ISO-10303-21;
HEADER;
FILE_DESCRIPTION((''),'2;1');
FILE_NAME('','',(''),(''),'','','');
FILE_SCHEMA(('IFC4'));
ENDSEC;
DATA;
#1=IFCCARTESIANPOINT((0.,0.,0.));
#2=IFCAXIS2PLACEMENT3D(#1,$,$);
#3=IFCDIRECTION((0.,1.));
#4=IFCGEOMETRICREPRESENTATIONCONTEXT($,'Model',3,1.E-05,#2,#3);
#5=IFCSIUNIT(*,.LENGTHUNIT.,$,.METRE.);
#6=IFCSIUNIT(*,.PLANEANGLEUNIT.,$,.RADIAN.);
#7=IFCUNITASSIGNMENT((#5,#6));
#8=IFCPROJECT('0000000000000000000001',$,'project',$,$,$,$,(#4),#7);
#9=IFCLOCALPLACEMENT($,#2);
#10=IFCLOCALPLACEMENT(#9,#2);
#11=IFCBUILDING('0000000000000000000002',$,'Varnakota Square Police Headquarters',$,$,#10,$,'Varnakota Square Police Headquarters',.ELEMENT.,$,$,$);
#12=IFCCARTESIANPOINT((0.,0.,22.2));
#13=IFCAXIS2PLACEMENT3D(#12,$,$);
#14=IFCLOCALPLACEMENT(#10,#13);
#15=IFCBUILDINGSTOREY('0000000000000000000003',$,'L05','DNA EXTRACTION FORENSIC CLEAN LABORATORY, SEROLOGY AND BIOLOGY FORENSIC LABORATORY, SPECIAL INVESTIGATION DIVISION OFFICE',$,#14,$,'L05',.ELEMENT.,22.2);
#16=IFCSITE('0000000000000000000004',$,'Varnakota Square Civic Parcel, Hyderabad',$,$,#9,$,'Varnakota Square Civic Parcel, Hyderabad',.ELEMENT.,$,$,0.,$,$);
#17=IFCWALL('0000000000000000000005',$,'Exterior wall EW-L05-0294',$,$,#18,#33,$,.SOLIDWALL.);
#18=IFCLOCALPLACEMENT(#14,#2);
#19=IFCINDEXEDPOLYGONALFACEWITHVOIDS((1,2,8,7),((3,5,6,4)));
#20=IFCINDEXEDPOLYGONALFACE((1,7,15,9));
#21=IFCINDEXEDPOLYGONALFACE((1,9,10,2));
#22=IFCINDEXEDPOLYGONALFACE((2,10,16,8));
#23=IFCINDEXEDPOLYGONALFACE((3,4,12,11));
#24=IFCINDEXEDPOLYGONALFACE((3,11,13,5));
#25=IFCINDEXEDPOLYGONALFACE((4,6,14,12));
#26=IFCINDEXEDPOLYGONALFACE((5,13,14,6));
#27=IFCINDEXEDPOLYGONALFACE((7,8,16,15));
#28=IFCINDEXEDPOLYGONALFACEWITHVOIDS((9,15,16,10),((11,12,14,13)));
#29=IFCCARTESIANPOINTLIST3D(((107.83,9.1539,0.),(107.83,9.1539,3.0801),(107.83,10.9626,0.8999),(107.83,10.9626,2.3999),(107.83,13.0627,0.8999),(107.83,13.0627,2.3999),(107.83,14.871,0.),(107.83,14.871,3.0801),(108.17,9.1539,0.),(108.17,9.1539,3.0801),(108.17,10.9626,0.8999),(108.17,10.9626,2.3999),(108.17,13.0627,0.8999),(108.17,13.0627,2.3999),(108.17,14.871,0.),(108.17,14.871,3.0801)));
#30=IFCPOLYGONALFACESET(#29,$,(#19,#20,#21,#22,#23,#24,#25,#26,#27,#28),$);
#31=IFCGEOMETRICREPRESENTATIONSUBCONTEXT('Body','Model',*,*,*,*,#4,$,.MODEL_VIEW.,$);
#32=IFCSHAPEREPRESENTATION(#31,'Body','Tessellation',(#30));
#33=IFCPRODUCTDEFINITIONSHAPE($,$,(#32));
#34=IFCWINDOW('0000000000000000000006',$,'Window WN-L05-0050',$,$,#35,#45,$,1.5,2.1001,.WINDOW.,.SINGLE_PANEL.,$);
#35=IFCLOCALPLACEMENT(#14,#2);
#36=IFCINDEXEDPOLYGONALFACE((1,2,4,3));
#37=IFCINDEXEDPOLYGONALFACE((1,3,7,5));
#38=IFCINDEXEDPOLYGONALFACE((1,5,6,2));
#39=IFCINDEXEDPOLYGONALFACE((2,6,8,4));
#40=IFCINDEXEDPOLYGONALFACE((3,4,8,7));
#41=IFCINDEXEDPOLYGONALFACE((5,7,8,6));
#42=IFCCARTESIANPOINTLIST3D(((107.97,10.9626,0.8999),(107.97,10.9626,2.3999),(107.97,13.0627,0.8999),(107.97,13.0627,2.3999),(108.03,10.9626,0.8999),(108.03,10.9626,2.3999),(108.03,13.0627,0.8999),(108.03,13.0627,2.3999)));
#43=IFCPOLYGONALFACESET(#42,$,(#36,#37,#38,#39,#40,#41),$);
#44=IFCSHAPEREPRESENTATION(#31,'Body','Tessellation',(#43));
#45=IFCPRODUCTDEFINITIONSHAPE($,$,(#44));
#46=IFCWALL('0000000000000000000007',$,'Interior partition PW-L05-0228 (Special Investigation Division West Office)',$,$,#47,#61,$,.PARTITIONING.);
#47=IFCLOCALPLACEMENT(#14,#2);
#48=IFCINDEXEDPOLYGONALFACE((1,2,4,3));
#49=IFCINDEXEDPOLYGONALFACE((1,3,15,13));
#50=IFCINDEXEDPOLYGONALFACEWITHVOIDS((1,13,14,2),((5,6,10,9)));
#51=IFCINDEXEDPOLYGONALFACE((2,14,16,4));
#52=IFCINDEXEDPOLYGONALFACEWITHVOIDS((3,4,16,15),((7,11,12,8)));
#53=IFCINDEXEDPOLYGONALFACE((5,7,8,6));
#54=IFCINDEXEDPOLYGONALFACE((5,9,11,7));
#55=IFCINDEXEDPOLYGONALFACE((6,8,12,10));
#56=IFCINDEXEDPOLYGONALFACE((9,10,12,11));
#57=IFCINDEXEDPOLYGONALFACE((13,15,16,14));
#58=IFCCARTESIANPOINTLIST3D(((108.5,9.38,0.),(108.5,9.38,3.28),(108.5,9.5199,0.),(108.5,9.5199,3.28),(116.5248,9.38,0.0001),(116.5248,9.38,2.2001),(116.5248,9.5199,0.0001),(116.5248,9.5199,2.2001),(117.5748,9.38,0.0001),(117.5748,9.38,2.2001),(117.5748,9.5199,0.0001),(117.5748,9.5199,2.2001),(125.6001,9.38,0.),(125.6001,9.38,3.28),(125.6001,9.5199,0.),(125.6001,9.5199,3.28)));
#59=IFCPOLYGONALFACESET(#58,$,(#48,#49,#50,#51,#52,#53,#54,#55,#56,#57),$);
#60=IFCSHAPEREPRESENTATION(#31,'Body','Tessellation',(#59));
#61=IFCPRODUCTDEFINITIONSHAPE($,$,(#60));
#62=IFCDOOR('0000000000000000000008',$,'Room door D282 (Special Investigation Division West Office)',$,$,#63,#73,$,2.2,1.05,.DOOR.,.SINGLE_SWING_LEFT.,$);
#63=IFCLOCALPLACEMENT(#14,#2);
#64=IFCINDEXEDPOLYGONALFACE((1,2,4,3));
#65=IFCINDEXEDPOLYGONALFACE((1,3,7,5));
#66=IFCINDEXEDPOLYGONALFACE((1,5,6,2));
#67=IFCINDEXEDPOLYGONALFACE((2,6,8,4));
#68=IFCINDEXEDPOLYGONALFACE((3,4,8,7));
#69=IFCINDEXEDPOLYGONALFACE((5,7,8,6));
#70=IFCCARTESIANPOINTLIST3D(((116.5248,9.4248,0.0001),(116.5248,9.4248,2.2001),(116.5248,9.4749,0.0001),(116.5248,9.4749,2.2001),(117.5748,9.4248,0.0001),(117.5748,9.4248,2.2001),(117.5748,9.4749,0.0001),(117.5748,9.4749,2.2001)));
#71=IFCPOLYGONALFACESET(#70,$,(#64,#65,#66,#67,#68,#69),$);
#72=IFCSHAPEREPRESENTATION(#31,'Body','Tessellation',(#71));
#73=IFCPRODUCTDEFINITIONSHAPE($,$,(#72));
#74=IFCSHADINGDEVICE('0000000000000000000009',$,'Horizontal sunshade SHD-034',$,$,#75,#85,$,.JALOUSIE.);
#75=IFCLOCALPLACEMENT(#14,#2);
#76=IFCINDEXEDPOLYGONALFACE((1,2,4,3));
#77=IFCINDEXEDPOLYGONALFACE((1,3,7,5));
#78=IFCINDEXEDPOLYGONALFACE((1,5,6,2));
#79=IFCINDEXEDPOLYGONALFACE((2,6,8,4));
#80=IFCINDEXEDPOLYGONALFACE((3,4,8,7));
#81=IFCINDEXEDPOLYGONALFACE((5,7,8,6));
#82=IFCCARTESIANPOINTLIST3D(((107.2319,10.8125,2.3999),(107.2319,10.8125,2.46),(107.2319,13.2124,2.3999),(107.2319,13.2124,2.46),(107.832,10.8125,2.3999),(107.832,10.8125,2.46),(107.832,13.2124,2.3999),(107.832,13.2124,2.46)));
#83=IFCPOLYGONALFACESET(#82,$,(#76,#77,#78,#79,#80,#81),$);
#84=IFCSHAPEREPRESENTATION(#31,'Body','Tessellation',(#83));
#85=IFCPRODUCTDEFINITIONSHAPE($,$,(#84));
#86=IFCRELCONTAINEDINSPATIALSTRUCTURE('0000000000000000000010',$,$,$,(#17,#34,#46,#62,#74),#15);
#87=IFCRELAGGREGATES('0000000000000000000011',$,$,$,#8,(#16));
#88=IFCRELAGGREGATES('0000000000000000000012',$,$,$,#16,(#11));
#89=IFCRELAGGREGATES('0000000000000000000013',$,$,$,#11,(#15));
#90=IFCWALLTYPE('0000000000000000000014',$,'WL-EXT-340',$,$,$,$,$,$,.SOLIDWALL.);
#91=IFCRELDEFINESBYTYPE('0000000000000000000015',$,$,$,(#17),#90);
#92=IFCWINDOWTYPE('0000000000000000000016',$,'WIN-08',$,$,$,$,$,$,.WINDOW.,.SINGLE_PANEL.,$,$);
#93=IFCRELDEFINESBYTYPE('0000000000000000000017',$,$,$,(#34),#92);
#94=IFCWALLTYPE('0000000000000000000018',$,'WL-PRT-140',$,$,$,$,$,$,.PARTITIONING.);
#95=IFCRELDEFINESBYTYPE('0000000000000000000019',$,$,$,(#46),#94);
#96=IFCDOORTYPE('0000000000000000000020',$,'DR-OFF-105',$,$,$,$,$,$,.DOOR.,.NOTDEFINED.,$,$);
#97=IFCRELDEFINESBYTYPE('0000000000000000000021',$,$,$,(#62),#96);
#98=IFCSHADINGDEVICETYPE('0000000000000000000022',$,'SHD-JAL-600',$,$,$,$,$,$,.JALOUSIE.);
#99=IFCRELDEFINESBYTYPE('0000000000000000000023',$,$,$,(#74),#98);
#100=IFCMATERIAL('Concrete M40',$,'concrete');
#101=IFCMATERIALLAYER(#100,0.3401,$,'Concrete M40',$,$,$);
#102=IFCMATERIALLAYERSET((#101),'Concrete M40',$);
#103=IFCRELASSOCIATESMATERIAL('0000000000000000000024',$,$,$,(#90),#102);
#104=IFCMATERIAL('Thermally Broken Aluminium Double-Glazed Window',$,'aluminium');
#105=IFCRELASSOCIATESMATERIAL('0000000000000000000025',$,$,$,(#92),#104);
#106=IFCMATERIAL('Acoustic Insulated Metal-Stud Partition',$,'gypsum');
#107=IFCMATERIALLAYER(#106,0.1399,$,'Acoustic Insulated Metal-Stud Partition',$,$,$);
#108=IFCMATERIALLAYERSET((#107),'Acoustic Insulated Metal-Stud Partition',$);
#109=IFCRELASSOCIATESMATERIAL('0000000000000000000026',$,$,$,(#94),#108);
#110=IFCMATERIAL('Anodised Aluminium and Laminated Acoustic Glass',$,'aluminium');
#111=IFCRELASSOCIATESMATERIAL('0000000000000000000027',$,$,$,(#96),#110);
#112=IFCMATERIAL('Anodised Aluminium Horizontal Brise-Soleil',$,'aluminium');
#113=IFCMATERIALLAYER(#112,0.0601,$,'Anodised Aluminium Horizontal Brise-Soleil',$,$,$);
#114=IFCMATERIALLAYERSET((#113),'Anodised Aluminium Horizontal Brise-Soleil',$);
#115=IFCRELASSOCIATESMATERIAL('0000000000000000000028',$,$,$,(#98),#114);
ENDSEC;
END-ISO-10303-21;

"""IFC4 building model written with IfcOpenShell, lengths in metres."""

from ifc_helpers import new_model, si_unit, direction, frame, frame_2d, origin, origin_2d, place, context, subcontext, project, spatial, rectangle, extrude, material, layer, layer_set, type_object, element, fill, save


model = new_model("IFC4")

# Units and contexts
model_context = context("Model", 3, precision=1e-05, world=origin(), true_north=direction((0.0, 1.0)))
body_context = subcontext(model_context, "Body", "Model", "MODEL_VIEW")
ifc_project = project(units=[si_unit("LENGTHUNIT", "METRE"), si_unit("PLANEANGLEUNIT", "RADIAN")], contexts=[model_context])

# Site, building, storey
site_placement = place(None, origin())
site = spatial("IfcSite", under=ifc_project, at=site_placement, Name="Varnakota Square Civic Parcel, Hyderabad", LongName="Varnakota Square Civic Parcel, Hyderabad", CompositionType="ELEMENT", RefElevation=0.0)
building_placement = place(site_placement, origin())
building = spatial("IfcBuilding", under=site, at=building_placement, Name="Varnakota Square Police Headquarters", LongName="Varnakota Square Police Headquarters", CompositionType="ELEMENT")
storey_placement = place(building_placement, frame((0.0, 0.0, 22.2)))
storey = spatial("IfcBuildingStorey", under=building, at=storey_placement, Name="L05", Description="DNA EXTRACTION FORENSIC CLEAN LABORATORY, SEROLOGY AND BIOLOGY FORENSIC LABORATORY, SPECIAL INVESTIGATION DIVISION OFFICE", LongName="L05", CompositionType="ELEMENT", Elevation=22.2)

# Wall, opening, window
ifc_material_1 = material(Name="Concrete M40", Category="concrete")
ifc_layer_1 = layer(ifc_material_1, 0.3401, Name="Concrete M40")
ifc_layer_set_1 = layer_set([ifc_layer_1], Name="Concrete M40")
wall_type_1 = type_object("IfcWallType", Name="WL-EXT-340", PredefinedType="SOLIDWALL", material=ifc_layer_set_1)
wall_1_placement = place(storey_placement, frame((108.0, 9.1541, 0.0), z_axis=(0.0, 0.0, 1.0), x_axis=(0.0, 1.0, 0.0)))
wall_1 = element("IfcWall", 1, at=wall_1_placement, inside=storey, type_object=wall_type_1, Name="Exterior wall EW-L05-0294", PredefinedType="SOLIDWALL", context=body_context, shape_type="SweptSolid", body=[
    extrude(rectangle(XDim=5.717, YDim=0.3401, at=frame_2d((2.8584, 0.0))), origin(), (0.0, 0.0, 1.0), 3.0801),
])
opening_1_placement = place(wall_1_placement, frame((1.8086, 0.0, 0.8999)))
opening_1 = element("IfcOpeningElement", 2, at=opening_1_placement, cuts=wall_1, PredefinedType="OPENING", context=body_context, shape_type="SweptSolid", body=[
    extrude(rectangle(XDim=2.1001, YDim=1.5, at=frame_2d((1.05, 0.75))), frame((0.0, 0.1799, 0.0), z_axis=(0.0, -1.0, 0.0), x_axis=(1.0, 0.0, 0.0)), (0.0, 0.0, 1.0), 0.3601),
])
ifc_material_2 = material(Name="Thermally Broken Aluminium Double-Glazed Window", Category="aluminium")
window_type = type_object("IfcWindowType", Name="WIN-08", PartitioningType="SINGLE_PANEL", PredefinedType="WINDOW", material=ifc_material_2)
window_placement = place(opening_1_placement, origin())
window = element("IfcWindow", 3, at=window_placement, inside=storey, type_object=window_type, Name="Window WN-L05-0050", OverallHeight=1.5, OverallWidth=2.1001, PartitioningType="SINGLE_PANEL", PredefinedType="WINDOW", context=body_context, shape_type="SweptSolid", body=[
    extrude(rectangle(XDim=2.1001, YDim=1.5, at=frame_2d((1.05, 0.75))), frame((0.0, 0.03, 0.0), z_axis=(0.0, -1.0, 0.0), x_axis=(1.0, 0.0, 0.0)), (0.0, 0.0, 1.0), 0.0601),
])
fill(opening_1, window)

# Wall, opening, door
ifc_material_3 = material(Name="Acoustic Insulated Metal-Stud Partition", Category="gypsum")
ifc_layer_2 = layer(ifc_material_3, 0.1399, Name="Acoustic Insulated Metal-Stud Partition")
ifc_layer_set_2 = layer_set([ifc_layer_2], Name="Acoustic Insulated Metal-Stud Partition")
wall_type_2 = type_object("IfcWallType", Name="WL-PRT-140", PredefinedType="PARTITIONING", material=ifc_layer_set_2)
wall_2_placement = place(storey_placement, frame((108.5, 9.45, 0.0), z_axis=(0.0, 0.0, 1.0), x_axis=(1.0, 0.0, 0.0)))
wall_2 = element("IfcWall", 4, at=wall_2_placement, inside=storey, type_object=wall_type_2, Name="Interior partition PW-L05-0228 (Special Investigation Division West Office)", PredefinedType="PARTITIONING", context=body_context, shape_type="SweptSolid", body=[
    extrude(rectangle(XDim=17.1001, YDim=0.1399, at=frame_2d((8.55, 0.0))), origin(), (0.0, 0.0, 1.0), 3.28),
])
opening_2_placement = place(wall_2_placement, frame((8.0249, 0.0, 0.0)))
opening_2 = element("IfcOpeningElement", 5, at=opening_2_placement, cuts=wall_2, PredefinedType="OPENING", context=body_context, shape_type="SweptSolid", body=[
    extrude(rectangle(XDim=1.05, YDim=2.2, at=frame_2d((0.5249, 1.1001))), frame((0.0, 0.0798, 0.0), z_axis=(0.0, -1.0, 0.0), x_axis=(1.0, 0.0, 0.0)), (0.0, 0.0, 1.0), 0.1599),
])
ifc_material_4 = material(Name="Anodised Aluminium and Laminated Acoustic Glass", Category="aluminium")
door_type = type_object("IfcDoorType", Name="DR-OFF-105", OperationType="NOTDEFINED", PredefinedType="DOOR", material=ifc_material_4)
door_placement = place(opening_2_placement, origin())
door = element("IfcDoor", 6, at=door_placement, inside=storey, type_object=door_type, Name="Room door D282 (Special Investigation Division West Office)", OperationType="SINGLE_SWING_LEFT", OverallHeight=2.2, OverallWidth=1.05, PredefinedType="DOOR", context=body_context, shape_type="SweptSolid", body=[
    extrude(rectangle(XDim=1.05, YDim=2.2, at=frame_2d((0.5249, 1.1001))), frame((0.0, 0.0249, 0.0), z_axis=(0.0, -1.0, 0.0), x_axis=(1.0, 0.0, 0.0)), (0.0, 0.0, 1.0), 0.05),
])
fill(opening_2, door)

# Shading device
ifc_material_5 = material(Name="Anodised Aluminium Horizontal Brise-Soleil", Category="aluminium")
ifc_layer_3 = layer(ifc_material_5, 0.0601, Name="Anodised Aluminium Horizontal Brise-Soleil")
ifc_layer_set_3 = layer_set([ifc_layer_3], Name="Anodised Aluminium Horizontal Brise-Soleil")
shading_device_type = type_object("IfcShadingDeviceType", Name="SHD-JAL-600", PredefinedType="JALOUSIE", material=ifc_layer_set_3)
shading_device_placement = place(storey_placement, frame((107.532, 12.0125, 2.3999), z_axis=(0.0, 0.0, 1.0), x_axis=(0.0, 1.0, 0.0)))
element("IfcShadingDevice", 7, at=shading_device_placement, inside=storey, type_object=shading_device_type, Name="Horizontal sunshade SHD-034", PredefinedType="JALOUSIE", context=body_context, shape_type="SweptSolid", body=[
    extrude(rectangle(XDim=2.3999, YDim=0.6001, at=origin_2d()), origin(), (0.0, 0.0, 1.0), 0.0601),
])

save(model, "model.ifc")
